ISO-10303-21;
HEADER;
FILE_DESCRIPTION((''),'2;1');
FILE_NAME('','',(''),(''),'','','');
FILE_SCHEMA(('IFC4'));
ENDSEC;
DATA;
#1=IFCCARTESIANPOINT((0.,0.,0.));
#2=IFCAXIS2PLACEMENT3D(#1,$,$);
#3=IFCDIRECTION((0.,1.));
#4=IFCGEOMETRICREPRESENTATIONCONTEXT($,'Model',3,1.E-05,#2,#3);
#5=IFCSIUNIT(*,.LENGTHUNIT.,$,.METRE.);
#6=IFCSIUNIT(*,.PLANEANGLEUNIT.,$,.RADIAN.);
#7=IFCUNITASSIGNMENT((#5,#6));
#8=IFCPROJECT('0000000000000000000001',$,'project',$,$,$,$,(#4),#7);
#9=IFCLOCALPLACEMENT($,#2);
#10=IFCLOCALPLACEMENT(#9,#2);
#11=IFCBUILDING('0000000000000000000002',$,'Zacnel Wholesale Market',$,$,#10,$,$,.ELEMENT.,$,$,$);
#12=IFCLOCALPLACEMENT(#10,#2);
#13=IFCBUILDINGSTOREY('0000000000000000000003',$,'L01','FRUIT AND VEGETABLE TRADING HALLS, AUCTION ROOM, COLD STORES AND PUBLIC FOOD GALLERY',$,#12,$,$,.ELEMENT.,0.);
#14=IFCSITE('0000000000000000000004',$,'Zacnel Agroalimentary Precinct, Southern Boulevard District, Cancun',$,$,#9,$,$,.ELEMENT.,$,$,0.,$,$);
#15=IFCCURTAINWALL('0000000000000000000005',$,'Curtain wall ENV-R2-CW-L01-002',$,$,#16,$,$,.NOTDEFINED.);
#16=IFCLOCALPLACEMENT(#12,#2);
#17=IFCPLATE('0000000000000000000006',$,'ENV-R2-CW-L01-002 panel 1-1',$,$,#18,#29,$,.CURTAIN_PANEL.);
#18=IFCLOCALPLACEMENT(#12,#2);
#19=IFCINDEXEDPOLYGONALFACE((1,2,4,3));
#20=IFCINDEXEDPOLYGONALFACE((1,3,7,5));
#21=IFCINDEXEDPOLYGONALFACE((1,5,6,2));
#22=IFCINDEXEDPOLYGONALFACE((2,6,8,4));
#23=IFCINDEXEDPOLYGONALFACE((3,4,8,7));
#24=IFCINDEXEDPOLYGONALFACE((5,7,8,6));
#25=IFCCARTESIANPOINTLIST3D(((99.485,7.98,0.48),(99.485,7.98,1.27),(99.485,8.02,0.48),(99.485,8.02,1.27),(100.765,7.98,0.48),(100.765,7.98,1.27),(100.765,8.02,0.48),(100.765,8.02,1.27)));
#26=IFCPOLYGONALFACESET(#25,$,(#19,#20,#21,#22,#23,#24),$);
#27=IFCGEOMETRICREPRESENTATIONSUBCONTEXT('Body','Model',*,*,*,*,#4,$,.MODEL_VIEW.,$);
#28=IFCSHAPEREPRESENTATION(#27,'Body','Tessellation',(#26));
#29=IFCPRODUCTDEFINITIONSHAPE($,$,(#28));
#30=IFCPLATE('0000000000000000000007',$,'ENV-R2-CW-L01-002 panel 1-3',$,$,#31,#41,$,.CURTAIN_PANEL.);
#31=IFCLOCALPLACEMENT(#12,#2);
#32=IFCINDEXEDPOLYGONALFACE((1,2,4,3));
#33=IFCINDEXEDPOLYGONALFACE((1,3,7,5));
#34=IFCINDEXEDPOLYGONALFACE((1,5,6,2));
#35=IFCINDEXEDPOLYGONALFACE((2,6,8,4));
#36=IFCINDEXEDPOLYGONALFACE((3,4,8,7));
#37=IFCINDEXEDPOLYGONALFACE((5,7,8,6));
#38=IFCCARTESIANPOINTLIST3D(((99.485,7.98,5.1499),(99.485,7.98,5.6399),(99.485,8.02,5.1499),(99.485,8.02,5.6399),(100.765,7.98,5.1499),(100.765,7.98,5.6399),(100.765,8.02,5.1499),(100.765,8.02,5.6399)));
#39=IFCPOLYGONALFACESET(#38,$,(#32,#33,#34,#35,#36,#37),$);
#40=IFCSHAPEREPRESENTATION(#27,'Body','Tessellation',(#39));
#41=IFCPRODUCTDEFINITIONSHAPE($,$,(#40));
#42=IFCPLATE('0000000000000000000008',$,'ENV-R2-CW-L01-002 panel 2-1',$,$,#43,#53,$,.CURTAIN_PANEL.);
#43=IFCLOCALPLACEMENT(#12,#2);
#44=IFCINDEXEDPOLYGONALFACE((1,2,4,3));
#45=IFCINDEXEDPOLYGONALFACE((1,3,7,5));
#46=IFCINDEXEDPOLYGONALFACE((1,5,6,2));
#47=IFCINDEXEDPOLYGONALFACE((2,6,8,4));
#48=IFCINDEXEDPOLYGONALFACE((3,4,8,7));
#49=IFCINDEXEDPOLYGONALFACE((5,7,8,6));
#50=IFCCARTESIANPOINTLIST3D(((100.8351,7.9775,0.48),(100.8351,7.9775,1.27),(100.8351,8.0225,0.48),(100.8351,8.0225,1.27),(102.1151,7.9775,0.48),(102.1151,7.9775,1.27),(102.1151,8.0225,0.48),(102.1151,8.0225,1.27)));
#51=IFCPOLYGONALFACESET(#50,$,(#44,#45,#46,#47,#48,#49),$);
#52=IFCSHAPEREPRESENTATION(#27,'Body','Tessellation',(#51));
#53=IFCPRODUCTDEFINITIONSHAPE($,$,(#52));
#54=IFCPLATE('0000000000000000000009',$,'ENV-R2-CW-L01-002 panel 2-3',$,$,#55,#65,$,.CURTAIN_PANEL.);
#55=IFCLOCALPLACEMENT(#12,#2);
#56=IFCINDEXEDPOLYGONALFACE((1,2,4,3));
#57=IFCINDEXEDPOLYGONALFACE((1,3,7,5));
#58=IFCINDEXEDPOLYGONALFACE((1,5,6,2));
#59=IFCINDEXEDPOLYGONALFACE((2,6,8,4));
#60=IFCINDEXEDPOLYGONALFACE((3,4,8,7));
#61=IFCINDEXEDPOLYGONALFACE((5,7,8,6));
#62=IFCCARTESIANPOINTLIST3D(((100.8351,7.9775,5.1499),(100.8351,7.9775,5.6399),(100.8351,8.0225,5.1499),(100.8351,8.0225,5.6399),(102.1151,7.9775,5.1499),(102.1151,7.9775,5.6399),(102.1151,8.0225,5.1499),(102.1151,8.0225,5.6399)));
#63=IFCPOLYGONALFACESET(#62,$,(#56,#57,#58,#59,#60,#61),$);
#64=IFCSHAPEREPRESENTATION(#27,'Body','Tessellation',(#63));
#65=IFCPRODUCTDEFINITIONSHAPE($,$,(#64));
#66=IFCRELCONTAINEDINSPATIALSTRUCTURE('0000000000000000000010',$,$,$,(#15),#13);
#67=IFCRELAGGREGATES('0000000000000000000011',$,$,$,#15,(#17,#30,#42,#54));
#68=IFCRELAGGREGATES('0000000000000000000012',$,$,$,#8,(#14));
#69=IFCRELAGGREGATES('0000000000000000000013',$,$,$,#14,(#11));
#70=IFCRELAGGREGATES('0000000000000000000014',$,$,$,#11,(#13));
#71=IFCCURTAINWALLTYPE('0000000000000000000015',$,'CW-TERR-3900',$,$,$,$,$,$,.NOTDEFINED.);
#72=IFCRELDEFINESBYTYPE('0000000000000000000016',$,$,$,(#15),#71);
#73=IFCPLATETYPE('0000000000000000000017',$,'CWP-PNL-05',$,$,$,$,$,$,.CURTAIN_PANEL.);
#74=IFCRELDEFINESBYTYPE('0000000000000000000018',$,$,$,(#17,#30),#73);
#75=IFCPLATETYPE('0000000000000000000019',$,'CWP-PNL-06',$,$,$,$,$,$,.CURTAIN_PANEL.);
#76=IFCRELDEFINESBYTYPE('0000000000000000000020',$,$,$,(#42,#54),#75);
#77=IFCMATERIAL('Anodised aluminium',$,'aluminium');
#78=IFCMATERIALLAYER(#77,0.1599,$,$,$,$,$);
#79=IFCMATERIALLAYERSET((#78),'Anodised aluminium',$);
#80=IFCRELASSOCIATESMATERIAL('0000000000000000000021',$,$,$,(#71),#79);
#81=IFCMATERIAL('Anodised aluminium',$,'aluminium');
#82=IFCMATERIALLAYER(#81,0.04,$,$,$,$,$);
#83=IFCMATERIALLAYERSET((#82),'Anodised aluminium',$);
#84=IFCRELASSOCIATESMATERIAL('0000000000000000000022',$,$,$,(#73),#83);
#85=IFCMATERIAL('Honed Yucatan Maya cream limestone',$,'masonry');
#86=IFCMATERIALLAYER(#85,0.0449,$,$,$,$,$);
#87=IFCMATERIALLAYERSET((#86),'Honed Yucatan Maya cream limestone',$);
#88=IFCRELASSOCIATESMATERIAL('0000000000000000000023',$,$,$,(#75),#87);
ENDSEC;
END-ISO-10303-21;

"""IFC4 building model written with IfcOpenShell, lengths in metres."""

from ifc_helpers import new_model, si_unit, direction, frame, origin, origin_2d, place, context, subcontext, project, spatial, rectangle, extrude, material, layer, layer_set, type_object, element, aggregate, save


model = new_model("IFC4")

# Units and contexts
model_context = context("Model", 3, precision=1e-05, world=origin(), true_north=direction((0.0, 1.0)))
body_context = subcontext(model_context, "Body", "Model", "MODEL_VIEW")
ifc_project = project(units=[si_unit("LENGTHUNIT", "METRE"), si_unit("PLANEANGLEUNIT", "RADIAN")], contexts=[model_context])

# Site, building, storey
site_placement = place(None, origin())
site = spatial("IfcSite", under=ifc_project, at=site_placement, Name="Zacnel Agroalimentary Precinct, Southern Boulevard District, Cancun", CompositionType="ELEMENT", RefElevation=0.0)
building_placement = place(site_placement, origin())
building = spatial("IfcBuilding", under=site, at=building_placement, Name="Zacnel Wholesale Market", CompositionType="ELEMENT")
storey_placement = place(building_placement, origin())
storey = spatial("IfcBuildingStorey", under=building, at=storey_placement, Name="L01", Description="FRUIT AND VEGETABLE TRADING HALLS, AUCTION ROOM, COLD STORES AND PUBLIC FOOD GALLERY", CompositionType="ELEMENT", Elevation=0.0)

# Curtain wall, plates
ifc_material_1 = material(Name="Anodised aluminium", Category="aluminium")
ifc_layer_1 = layer(ifc_material_1, 0.1599)
ifc_layer_set_1 = layer_set([ifc_layer_1], Name="Anodised aluminium")
curtain_wall_type = type_object("IfcCurtainWallType", Name="CW-TERR-3900", PredefinedType="NOTDEFINED", material=ifc_layer_set_1)
curtain_wall_placement = place(storey_placement, origin())
curtain_wall = element("IfcCurtainWall", 1, at=curtain_wall_placement, inside=storey, type_object=curtain_wall_type, Name="Curtain wall ENV-R2-CW-L01-002", PredefinedType="NOTDEFINED")
ifc_material_2 = material(Name="Anodised aluminium", Category="aluminium")
ifc_layer_2 = layer(ifc_material_2, 0.04)
ifc_layer_set_2 = layer_set([ifc_layer_2], Name="Anodised aluminium")
plate_type_1 = type_object("IfcPlateType", Name="CWP-PNL-05", PredefinedType="CURTAIN_PANEL", material=ifc_layer_set_2)
plate_1_placement = place(storey_placement, frame((100.125, 8.0, 0.48), z_axis=(0.0, 0.0, 1.0), x_axis=(1.0, 0.0, 0.0)))
plate_1 = element("IfcPlate", 2, at=plate_1_placement, type_object=plate_type_1, Name="ENV-R2-CW-L01-002 panel 1-1", PredefinedType="CURTAIN_PANEL", context=body_context, shape_type="SweptSolid", body=[
    extrude(rectangle(XDim=1.28, YDim=0.04, at=origin_2d()), origin(), (0.0, 0.0, 1.0), 0.79),
])
plate_2_placement = place(storey_placement, frame((100.125, 8.0, 5.1499), z_axis=(0.0, 0.0, 1.0), x_axis=(1.0, 0.0, 0.0)))
plate_2 = element("IfcPlate", 3, at=plate_2_placement, type_object=plate_type_1, Name="ENV-R2-CW-L01-002 panel 1-3", PredefinedType="CURTAIN_PANEL", context=body_context, shape_type="SweptSolid", body=[
    extrude(rectangle(XDim=1.28, YDim=0.04, at=origin_2d()), origin(), (0.0, 0.0, 1.0), 0.49),
])
ifc_material_3 = material(Name="Honed Yucatan Maya cream limestone", Category="masonry")
ifc_layer_3 = layer(ifc_material_3, 0.0449)
ifc_layer_set_3 = layer_set([ifc_layer_3], Name="Honed Yucatan Maya cream limestone")
plate_type_2 = type_object("IfcPlateType", Name="CWP-PNL-06", PredefinedType="CURTAIN_PANEL", material=ifc_layer_set_3)
plate_3_placement = place(storey_placement, frame((101.4751, 8.0, 0.48), z_axis=(0.0, 0.0, 1.0), x_axis=(1.0, 0.0, 0.0)))
plate_3 = element("IfcPlate", 4, at=plate_3_placement, type_object=plate_type_2, Name="ENV-R2-CW-L01-002 panel 2-1", PredefinedType="CURTAIN_PANEL", context=body_context, shape_type="SweptSolid", body=[
    extrude(rectangle(XDim=1.28, YDim=0.0449, at=origin_2d()), origin(), (0.0, 0.0, 1.0), 0.79),
])
plate_4_placement = place(storey_placement, frame((101.4751, 8.0, 5.1499), z_axis=(0.0, 0.0, 1.0), x_axis=(1.0, 0.0, 0.0)))
plate_4 = element("IfcPlate", 5, at=plate_4_placement, type_object=plate_type_2, Name="ENV-R2-CW-L01-002 panel 2-3", PredefinedType="CURTAIN_PANEL", context=body_context, shape_type="SweptSolid", body=[
    extrude(rectangle(XDim=1.28, YDim=0.0449, at=origin_2d()), origin(), (0.0, 0.0, 1.0), 0.49),
])
aggregate(curtain_wall, [plate_1, plate_2, plate_3, plate_4])

save(model, "model.ifc")
